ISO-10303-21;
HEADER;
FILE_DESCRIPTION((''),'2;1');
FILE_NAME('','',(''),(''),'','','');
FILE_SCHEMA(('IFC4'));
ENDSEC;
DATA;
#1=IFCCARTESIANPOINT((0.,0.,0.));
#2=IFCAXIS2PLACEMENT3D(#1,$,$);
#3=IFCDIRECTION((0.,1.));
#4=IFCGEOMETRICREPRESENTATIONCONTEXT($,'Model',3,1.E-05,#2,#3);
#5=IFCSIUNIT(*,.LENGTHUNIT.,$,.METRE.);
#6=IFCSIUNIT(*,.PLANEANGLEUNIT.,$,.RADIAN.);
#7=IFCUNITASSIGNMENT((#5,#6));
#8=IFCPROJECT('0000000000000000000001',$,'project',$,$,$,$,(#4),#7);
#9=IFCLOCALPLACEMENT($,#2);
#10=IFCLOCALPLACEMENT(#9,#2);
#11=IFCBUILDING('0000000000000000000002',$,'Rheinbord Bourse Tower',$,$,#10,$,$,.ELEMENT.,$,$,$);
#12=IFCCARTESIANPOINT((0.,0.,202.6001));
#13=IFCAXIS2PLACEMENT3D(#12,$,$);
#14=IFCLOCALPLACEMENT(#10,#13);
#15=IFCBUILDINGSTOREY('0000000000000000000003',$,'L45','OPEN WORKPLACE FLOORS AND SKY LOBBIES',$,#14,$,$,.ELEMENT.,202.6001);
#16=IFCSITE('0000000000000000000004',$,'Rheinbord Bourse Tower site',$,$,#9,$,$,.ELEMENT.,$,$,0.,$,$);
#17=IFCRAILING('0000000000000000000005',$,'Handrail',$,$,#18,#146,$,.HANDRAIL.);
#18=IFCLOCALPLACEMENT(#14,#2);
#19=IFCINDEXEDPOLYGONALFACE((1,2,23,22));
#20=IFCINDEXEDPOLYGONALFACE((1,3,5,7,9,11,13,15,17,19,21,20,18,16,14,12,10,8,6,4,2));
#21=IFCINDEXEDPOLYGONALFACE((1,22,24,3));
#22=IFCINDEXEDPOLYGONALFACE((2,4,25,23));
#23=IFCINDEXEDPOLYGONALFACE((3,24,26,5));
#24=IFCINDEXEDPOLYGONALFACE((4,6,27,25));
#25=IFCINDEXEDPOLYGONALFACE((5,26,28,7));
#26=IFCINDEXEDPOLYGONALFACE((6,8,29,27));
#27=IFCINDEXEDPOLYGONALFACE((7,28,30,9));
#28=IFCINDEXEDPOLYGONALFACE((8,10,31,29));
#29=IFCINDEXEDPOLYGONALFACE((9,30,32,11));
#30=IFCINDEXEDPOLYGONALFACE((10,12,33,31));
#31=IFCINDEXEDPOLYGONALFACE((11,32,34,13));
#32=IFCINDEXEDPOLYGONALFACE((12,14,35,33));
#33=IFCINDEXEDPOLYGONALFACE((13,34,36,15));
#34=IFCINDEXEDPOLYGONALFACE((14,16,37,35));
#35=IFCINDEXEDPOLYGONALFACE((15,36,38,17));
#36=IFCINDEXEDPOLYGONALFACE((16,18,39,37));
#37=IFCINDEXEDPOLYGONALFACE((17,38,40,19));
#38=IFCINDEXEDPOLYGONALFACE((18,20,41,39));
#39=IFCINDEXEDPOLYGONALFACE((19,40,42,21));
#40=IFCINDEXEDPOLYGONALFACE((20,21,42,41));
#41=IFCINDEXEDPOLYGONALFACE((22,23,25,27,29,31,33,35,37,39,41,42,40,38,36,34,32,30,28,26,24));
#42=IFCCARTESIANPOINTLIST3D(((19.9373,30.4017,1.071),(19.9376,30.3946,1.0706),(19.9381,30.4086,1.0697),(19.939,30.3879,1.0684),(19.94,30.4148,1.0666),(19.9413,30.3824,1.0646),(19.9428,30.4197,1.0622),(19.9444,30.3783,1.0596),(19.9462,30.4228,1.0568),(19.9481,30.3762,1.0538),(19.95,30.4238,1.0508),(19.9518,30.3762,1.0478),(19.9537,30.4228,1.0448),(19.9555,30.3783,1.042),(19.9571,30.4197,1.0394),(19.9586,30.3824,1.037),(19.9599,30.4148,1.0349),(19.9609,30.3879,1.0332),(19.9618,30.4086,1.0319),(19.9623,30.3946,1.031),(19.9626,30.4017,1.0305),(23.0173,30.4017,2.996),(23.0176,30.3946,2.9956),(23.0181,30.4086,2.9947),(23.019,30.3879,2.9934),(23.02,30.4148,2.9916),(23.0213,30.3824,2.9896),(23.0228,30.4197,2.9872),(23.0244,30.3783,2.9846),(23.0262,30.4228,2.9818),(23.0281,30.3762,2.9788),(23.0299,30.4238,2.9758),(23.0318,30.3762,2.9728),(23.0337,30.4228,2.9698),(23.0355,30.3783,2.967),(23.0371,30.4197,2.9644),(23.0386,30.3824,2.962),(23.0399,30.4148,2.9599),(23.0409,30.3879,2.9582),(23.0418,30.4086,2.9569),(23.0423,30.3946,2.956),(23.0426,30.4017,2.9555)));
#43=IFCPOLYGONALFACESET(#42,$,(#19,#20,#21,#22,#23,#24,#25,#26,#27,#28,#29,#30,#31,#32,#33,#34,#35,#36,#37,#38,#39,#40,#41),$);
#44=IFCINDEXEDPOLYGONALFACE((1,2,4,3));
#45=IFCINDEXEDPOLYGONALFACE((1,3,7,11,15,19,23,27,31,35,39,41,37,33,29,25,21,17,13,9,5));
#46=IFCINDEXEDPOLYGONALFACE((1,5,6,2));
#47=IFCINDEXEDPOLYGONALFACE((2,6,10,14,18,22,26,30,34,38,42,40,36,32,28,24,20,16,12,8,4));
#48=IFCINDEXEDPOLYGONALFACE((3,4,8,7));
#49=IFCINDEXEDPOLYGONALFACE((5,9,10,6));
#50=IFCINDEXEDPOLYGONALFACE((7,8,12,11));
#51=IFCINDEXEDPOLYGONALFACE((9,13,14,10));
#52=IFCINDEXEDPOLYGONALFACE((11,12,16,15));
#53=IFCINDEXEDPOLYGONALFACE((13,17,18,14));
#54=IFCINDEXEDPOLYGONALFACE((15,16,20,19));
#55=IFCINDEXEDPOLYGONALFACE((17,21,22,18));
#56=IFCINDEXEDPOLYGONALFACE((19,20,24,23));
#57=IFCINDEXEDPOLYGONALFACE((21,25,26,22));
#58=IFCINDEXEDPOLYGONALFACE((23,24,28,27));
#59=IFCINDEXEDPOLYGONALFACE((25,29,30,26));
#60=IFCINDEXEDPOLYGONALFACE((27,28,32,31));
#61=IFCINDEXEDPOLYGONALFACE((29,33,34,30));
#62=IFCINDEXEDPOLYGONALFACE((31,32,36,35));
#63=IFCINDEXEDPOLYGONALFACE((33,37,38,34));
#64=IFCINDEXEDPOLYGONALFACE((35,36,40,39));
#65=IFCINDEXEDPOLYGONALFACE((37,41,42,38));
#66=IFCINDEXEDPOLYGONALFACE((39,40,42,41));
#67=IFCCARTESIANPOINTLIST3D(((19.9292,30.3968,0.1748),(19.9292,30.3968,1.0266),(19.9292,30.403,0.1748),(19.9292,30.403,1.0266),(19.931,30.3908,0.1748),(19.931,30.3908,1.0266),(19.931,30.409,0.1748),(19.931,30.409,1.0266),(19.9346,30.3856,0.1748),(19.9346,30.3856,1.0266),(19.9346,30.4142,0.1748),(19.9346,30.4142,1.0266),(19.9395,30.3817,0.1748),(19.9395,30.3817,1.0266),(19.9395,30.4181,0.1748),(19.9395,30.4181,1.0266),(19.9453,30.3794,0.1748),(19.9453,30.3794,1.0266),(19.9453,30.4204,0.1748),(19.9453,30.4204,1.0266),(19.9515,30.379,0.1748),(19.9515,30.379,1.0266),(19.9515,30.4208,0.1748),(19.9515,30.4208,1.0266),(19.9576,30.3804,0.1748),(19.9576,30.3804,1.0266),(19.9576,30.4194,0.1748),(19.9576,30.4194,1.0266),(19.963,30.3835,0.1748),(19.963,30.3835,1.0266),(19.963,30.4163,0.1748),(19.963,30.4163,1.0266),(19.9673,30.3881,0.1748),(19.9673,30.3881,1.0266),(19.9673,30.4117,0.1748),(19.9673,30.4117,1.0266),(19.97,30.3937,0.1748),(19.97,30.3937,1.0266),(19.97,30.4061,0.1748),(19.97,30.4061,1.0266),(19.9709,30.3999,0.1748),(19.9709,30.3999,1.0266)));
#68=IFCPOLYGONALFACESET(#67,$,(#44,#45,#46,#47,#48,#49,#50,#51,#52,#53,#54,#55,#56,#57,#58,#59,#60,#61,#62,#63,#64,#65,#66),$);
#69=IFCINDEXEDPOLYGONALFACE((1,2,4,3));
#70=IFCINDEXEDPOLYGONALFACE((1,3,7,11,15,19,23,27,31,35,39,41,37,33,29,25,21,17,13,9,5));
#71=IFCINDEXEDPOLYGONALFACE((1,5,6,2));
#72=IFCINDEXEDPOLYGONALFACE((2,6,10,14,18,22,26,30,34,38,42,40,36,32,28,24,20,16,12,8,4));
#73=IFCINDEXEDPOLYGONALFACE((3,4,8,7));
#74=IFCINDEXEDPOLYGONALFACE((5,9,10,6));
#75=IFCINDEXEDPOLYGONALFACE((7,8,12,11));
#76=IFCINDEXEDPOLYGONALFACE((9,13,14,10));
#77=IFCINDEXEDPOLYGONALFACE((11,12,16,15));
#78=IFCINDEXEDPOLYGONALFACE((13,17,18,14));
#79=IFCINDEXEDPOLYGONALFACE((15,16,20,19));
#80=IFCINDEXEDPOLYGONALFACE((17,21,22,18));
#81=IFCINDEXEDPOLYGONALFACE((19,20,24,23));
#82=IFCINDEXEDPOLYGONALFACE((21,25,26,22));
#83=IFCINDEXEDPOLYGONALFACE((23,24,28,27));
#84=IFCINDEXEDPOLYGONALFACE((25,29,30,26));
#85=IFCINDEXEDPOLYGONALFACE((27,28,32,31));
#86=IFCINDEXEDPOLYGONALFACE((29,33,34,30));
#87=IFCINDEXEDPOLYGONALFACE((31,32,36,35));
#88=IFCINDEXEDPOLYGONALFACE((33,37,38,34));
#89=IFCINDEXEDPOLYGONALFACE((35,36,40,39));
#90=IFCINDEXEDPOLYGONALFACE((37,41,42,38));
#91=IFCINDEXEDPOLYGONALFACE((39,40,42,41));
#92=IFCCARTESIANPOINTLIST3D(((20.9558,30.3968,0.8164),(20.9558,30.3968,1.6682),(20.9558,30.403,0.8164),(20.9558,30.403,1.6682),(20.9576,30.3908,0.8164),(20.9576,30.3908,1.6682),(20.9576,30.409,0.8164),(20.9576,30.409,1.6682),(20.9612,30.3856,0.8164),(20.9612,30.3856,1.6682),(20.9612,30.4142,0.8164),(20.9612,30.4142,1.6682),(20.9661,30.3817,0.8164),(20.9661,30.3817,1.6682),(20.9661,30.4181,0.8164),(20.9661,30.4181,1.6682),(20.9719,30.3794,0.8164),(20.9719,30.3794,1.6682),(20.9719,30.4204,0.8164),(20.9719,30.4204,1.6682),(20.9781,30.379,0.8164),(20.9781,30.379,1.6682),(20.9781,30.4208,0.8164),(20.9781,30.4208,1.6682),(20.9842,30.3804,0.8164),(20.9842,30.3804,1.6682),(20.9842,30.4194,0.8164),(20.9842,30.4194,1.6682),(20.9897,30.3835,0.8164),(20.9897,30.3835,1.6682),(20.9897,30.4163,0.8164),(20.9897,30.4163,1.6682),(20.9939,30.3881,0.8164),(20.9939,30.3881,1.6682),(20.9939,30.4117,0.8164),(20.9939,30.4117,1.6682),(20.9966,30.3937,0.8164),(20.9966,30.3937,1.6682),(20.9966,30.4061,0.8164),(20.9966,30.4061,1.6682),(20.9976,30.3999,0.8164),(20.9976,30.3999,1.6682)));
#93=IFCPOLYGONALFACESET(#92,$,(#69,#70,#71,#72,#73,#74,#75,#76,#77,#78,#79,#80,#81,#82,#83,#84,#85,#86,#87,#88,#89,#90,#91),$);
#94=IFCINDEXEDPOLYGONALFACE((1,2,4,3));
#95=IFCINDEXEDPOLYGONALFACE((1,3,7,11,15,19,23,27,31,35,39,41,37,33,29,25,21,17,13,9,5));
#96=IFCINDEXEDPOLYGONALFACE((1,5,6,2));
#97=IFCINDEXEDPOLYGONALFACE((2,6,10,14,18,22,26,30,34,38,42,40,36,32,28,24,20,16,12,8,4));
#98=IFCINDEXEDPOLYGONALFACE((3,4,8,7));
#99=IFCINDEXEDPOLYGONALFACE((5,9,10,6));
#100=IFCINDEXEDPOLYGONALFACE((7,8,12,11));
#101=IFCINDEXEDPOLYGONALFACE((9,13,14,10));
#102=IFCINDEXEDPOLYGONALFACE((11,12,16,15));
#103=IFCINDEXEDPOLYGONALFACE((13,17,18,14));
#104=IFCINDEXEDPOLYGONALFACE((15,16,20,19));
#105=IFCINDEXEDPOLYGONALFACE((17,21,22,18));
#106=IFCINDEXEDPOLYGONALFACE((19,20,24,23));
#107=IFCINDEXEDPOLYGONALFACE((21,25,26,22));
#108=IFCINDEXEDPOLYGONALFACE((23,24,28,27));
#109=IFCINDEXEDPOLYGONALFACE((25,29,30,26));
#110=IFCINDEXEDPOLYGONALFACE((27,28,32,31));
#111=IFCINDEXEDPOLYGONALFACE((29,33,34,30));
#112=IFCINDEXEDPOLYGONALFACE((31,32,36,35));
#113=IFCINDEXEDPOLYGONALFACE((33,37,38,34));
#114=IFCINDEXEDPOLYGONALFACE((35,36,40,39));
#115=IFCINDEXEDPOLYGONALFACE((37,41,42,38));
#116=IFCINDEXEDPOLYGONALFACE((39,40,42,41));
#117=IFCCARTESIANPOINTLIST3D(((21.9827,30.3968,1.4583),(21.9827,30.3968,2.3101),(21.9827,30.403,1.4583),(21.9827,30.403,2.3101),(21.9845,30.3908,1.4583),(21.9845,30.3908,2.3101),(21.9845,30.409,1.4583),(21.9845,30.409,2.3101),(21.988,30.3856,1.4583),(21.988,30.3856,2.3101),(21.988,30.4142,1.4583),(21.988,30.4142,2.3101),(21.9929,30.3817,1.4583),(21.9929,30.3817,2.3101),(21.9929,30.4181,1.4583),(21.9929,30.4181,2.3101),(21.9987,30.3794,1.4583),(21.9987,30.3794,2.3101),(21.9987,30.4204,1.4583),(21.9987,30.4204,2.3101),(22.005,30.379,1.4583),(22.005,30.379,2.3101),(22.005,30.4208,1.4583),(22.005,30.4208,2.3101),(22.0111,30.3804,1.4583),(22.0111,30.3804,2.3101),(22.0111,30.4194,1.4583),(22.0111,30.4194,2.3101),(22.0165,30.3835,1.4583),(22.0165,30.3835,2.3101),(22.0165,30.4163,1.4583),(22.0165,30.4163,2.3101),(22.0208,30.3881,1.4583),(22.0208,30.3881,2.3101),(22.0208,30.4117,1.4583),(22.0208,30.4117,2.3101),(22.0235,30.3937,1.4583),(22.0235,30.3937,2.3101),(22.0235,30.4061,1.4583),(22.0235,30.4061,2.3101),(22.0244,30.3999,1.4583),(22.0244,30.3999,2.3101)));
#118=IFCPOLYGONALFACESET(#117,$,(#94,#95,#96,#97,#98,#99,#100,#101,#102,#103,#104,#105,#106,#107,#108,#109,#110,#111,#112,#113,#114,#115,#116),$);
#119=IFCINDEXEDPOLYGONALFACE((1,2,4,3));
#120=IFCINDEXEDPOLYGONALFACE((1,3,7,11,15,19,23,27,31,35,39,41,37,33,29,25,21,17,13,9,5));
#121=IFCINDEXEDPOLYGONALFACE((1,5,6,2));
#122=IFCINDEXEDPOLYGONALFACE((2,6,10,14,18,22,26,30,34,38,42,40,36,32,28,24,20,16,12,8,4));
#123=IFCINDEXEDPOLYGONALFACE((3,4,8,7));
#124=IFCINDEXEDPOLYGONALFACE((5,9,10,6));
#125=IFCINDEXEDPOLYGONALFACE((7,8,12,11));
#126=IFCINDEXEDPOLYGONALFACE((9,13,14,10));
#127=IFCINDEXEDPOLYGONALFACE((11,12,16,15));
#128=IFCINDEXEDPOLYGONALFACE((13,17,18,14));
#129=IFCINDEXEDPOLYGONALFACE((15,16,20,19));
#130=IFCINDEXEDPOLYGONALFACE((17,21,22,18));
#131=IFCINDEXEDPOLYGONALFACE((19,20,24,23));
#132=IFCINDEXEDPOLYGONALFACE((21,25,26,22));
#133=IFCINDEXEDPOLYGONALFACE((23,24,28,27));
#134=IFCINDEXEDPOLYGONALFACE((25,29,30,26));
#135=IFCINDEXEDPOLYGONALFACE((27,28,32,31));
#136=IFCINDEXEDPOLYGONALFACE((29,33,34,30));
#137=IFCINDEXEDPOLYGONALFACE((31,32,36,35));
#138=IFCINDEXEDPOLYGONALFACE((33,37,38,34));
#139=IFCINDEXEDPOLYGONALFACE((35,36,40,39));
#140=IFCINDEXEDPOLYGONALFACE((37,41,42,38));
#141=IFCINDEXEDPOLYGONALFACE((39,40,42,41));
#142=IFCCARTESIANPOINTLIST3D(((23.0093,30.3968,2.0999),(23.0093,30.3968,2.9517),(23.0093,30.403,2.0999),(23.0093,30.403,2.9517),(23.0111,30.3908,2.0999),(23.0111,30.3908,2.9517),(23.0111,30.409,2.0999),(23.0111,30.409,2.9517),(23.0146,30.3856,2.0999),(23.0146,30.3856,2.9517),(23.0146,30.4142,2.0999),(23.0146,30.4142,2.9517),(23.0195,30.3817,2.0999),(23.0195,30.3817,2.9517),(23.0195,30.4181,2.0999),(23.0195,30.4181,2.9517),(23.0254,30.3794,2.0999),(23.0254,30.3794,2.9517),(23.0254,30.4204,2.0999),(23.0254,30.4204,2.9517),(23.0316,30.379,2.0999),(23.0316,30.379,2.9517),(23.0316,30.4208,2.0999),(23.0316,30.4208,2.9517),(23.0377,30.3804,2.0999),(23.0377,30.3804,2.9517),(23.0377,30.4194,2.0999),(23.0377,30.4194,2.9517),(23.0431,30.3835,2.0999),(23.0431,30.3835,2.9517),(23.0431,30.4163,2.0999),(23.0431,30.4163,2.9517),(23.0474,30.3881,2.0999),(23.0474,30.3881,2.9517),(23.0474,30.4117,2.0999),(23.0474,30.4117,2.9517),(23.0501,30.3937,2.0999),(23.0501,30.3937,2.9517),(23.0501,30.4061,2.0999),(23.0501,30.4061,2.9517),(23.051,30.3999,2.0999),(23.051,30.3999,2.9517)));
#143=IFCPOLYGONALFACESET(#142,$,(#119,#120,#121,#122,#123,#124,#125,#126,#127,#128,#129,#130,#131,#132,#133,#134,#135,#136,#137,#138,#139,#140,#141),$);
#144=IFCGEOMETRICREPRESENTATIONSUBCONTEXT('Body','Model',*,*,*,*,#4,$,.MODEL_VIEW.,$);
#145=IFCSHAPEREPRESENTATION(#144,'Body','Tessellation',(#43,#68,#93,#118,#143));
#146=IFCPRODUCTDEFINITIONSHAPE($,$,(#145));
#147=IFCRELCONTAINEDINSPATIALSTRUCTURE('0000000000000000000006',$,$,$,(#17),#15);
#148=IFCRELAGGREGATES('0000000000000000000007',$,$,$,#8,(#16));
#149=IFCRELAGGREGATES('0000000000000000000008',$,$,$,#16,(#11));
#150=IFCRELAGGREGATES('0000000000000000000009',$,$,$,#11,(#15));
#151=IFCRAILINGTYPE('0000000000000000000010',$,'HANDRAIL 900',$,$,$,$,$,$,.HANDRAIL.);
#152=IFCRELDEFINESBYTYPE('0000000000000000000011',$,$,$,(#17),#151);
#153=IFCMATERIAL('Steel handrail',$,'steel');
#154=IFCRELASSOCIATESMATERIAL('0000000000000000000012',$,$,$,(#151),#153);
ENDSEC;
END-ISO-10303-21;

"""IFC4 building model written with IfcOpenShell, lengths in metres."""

from ifc_helpers import new_model, si_unit, direction, frame, origin, origin_2d, place, context, subcontext, project, spatial, circle, extrude, material, type_object, element, save


model = new_model("IFC4")

# Units and contexts
model_context = context("Model", 3, precision=1e-05, world=origin(), true_north=direction((0.0, 1.0)))
body_context = subcontext(model_context, "Body", "Model", "MODEL_VIEW")
ifc_project = project(units=[si_unit("LENGTHUNIT", "METRE"), si_unit("PLANEANGLEUNIT", "RADIAN")], contexts=[model_context])

# Site, building, storey
site_placement = place(None, origin())
site = spatial("IfcSite", under=ifc_project, at=site_placement, Name="Rheinbord Bourse Tower site", CompositionType="ELEMENT", RefElevation=0.0)
building_placement = place(site_placement, origin())
building = spatial("IfcBuilding", under=site, at=building_placement, Name="Rheinbord Bourse Tower", CompositionType="ELEMENT")
storey_placement = place(building_placement, frame((0.0, 0.0, 202.6001)))
storey = spatial("IfcBuildingStorey", under=building, at=storey_placement, Name="L45", Description="OPEN WORKPLACE FLOORS AND SKY LOBBIES", CompositionType="ELEMENT", Elevation=202.6001)

# Railing
ifc_material_1 = material(Name="Steel handrail", Category="steel")
railing_type = type_object("IfcRailingType", Name="HANDRAIL 900", PredefinedType="HANDRAIL", material=ifc_material_1)
railing_1_placement = place(storey_placement, frame((19.95, 30.3999, 0.1748)))
element("IfcRailing", 1, at=railing_1_placement, inside=storey, type_object=railing_type, Name="Handrail", PredefinedType="HANDRAIL", context=body_context, shape_type="SweptSolid", body=[
    extrude(circle(Radius=0.0239, at=origin_2d()), frame((0.0, 0.0, 0.876), z_axis=(0.847998, 0.0, 0.529999), x_axis=(0.0, 1.0, 0.0)), (0.0, 0.0, 1.0), 3.6321),
    extrude(circle(Radius=0.021, at=origin_2d()), origin(), (0.0, 0.0, 1.0), 0.8518),
    extrude(circle(Radius=0.021, at=origin_2d()), frame((1.0266, 0.0, 0.6416)), (0.0, 0.0, 1.0), 0.8518),
    extrude(circle(Radius=0.021, at=origin_2d()), frame((2.0535, 0.0, 1.2834)), (0.0, 0.0, 1.0), 0.8518),
    extrude(circle(Radius=0.021, at=origin_2d()), frame((3.0801, 0.0, 1.925)), (0.0, 0.0, 1.0), 0.8518),
])

save(model, "model.ifc")
